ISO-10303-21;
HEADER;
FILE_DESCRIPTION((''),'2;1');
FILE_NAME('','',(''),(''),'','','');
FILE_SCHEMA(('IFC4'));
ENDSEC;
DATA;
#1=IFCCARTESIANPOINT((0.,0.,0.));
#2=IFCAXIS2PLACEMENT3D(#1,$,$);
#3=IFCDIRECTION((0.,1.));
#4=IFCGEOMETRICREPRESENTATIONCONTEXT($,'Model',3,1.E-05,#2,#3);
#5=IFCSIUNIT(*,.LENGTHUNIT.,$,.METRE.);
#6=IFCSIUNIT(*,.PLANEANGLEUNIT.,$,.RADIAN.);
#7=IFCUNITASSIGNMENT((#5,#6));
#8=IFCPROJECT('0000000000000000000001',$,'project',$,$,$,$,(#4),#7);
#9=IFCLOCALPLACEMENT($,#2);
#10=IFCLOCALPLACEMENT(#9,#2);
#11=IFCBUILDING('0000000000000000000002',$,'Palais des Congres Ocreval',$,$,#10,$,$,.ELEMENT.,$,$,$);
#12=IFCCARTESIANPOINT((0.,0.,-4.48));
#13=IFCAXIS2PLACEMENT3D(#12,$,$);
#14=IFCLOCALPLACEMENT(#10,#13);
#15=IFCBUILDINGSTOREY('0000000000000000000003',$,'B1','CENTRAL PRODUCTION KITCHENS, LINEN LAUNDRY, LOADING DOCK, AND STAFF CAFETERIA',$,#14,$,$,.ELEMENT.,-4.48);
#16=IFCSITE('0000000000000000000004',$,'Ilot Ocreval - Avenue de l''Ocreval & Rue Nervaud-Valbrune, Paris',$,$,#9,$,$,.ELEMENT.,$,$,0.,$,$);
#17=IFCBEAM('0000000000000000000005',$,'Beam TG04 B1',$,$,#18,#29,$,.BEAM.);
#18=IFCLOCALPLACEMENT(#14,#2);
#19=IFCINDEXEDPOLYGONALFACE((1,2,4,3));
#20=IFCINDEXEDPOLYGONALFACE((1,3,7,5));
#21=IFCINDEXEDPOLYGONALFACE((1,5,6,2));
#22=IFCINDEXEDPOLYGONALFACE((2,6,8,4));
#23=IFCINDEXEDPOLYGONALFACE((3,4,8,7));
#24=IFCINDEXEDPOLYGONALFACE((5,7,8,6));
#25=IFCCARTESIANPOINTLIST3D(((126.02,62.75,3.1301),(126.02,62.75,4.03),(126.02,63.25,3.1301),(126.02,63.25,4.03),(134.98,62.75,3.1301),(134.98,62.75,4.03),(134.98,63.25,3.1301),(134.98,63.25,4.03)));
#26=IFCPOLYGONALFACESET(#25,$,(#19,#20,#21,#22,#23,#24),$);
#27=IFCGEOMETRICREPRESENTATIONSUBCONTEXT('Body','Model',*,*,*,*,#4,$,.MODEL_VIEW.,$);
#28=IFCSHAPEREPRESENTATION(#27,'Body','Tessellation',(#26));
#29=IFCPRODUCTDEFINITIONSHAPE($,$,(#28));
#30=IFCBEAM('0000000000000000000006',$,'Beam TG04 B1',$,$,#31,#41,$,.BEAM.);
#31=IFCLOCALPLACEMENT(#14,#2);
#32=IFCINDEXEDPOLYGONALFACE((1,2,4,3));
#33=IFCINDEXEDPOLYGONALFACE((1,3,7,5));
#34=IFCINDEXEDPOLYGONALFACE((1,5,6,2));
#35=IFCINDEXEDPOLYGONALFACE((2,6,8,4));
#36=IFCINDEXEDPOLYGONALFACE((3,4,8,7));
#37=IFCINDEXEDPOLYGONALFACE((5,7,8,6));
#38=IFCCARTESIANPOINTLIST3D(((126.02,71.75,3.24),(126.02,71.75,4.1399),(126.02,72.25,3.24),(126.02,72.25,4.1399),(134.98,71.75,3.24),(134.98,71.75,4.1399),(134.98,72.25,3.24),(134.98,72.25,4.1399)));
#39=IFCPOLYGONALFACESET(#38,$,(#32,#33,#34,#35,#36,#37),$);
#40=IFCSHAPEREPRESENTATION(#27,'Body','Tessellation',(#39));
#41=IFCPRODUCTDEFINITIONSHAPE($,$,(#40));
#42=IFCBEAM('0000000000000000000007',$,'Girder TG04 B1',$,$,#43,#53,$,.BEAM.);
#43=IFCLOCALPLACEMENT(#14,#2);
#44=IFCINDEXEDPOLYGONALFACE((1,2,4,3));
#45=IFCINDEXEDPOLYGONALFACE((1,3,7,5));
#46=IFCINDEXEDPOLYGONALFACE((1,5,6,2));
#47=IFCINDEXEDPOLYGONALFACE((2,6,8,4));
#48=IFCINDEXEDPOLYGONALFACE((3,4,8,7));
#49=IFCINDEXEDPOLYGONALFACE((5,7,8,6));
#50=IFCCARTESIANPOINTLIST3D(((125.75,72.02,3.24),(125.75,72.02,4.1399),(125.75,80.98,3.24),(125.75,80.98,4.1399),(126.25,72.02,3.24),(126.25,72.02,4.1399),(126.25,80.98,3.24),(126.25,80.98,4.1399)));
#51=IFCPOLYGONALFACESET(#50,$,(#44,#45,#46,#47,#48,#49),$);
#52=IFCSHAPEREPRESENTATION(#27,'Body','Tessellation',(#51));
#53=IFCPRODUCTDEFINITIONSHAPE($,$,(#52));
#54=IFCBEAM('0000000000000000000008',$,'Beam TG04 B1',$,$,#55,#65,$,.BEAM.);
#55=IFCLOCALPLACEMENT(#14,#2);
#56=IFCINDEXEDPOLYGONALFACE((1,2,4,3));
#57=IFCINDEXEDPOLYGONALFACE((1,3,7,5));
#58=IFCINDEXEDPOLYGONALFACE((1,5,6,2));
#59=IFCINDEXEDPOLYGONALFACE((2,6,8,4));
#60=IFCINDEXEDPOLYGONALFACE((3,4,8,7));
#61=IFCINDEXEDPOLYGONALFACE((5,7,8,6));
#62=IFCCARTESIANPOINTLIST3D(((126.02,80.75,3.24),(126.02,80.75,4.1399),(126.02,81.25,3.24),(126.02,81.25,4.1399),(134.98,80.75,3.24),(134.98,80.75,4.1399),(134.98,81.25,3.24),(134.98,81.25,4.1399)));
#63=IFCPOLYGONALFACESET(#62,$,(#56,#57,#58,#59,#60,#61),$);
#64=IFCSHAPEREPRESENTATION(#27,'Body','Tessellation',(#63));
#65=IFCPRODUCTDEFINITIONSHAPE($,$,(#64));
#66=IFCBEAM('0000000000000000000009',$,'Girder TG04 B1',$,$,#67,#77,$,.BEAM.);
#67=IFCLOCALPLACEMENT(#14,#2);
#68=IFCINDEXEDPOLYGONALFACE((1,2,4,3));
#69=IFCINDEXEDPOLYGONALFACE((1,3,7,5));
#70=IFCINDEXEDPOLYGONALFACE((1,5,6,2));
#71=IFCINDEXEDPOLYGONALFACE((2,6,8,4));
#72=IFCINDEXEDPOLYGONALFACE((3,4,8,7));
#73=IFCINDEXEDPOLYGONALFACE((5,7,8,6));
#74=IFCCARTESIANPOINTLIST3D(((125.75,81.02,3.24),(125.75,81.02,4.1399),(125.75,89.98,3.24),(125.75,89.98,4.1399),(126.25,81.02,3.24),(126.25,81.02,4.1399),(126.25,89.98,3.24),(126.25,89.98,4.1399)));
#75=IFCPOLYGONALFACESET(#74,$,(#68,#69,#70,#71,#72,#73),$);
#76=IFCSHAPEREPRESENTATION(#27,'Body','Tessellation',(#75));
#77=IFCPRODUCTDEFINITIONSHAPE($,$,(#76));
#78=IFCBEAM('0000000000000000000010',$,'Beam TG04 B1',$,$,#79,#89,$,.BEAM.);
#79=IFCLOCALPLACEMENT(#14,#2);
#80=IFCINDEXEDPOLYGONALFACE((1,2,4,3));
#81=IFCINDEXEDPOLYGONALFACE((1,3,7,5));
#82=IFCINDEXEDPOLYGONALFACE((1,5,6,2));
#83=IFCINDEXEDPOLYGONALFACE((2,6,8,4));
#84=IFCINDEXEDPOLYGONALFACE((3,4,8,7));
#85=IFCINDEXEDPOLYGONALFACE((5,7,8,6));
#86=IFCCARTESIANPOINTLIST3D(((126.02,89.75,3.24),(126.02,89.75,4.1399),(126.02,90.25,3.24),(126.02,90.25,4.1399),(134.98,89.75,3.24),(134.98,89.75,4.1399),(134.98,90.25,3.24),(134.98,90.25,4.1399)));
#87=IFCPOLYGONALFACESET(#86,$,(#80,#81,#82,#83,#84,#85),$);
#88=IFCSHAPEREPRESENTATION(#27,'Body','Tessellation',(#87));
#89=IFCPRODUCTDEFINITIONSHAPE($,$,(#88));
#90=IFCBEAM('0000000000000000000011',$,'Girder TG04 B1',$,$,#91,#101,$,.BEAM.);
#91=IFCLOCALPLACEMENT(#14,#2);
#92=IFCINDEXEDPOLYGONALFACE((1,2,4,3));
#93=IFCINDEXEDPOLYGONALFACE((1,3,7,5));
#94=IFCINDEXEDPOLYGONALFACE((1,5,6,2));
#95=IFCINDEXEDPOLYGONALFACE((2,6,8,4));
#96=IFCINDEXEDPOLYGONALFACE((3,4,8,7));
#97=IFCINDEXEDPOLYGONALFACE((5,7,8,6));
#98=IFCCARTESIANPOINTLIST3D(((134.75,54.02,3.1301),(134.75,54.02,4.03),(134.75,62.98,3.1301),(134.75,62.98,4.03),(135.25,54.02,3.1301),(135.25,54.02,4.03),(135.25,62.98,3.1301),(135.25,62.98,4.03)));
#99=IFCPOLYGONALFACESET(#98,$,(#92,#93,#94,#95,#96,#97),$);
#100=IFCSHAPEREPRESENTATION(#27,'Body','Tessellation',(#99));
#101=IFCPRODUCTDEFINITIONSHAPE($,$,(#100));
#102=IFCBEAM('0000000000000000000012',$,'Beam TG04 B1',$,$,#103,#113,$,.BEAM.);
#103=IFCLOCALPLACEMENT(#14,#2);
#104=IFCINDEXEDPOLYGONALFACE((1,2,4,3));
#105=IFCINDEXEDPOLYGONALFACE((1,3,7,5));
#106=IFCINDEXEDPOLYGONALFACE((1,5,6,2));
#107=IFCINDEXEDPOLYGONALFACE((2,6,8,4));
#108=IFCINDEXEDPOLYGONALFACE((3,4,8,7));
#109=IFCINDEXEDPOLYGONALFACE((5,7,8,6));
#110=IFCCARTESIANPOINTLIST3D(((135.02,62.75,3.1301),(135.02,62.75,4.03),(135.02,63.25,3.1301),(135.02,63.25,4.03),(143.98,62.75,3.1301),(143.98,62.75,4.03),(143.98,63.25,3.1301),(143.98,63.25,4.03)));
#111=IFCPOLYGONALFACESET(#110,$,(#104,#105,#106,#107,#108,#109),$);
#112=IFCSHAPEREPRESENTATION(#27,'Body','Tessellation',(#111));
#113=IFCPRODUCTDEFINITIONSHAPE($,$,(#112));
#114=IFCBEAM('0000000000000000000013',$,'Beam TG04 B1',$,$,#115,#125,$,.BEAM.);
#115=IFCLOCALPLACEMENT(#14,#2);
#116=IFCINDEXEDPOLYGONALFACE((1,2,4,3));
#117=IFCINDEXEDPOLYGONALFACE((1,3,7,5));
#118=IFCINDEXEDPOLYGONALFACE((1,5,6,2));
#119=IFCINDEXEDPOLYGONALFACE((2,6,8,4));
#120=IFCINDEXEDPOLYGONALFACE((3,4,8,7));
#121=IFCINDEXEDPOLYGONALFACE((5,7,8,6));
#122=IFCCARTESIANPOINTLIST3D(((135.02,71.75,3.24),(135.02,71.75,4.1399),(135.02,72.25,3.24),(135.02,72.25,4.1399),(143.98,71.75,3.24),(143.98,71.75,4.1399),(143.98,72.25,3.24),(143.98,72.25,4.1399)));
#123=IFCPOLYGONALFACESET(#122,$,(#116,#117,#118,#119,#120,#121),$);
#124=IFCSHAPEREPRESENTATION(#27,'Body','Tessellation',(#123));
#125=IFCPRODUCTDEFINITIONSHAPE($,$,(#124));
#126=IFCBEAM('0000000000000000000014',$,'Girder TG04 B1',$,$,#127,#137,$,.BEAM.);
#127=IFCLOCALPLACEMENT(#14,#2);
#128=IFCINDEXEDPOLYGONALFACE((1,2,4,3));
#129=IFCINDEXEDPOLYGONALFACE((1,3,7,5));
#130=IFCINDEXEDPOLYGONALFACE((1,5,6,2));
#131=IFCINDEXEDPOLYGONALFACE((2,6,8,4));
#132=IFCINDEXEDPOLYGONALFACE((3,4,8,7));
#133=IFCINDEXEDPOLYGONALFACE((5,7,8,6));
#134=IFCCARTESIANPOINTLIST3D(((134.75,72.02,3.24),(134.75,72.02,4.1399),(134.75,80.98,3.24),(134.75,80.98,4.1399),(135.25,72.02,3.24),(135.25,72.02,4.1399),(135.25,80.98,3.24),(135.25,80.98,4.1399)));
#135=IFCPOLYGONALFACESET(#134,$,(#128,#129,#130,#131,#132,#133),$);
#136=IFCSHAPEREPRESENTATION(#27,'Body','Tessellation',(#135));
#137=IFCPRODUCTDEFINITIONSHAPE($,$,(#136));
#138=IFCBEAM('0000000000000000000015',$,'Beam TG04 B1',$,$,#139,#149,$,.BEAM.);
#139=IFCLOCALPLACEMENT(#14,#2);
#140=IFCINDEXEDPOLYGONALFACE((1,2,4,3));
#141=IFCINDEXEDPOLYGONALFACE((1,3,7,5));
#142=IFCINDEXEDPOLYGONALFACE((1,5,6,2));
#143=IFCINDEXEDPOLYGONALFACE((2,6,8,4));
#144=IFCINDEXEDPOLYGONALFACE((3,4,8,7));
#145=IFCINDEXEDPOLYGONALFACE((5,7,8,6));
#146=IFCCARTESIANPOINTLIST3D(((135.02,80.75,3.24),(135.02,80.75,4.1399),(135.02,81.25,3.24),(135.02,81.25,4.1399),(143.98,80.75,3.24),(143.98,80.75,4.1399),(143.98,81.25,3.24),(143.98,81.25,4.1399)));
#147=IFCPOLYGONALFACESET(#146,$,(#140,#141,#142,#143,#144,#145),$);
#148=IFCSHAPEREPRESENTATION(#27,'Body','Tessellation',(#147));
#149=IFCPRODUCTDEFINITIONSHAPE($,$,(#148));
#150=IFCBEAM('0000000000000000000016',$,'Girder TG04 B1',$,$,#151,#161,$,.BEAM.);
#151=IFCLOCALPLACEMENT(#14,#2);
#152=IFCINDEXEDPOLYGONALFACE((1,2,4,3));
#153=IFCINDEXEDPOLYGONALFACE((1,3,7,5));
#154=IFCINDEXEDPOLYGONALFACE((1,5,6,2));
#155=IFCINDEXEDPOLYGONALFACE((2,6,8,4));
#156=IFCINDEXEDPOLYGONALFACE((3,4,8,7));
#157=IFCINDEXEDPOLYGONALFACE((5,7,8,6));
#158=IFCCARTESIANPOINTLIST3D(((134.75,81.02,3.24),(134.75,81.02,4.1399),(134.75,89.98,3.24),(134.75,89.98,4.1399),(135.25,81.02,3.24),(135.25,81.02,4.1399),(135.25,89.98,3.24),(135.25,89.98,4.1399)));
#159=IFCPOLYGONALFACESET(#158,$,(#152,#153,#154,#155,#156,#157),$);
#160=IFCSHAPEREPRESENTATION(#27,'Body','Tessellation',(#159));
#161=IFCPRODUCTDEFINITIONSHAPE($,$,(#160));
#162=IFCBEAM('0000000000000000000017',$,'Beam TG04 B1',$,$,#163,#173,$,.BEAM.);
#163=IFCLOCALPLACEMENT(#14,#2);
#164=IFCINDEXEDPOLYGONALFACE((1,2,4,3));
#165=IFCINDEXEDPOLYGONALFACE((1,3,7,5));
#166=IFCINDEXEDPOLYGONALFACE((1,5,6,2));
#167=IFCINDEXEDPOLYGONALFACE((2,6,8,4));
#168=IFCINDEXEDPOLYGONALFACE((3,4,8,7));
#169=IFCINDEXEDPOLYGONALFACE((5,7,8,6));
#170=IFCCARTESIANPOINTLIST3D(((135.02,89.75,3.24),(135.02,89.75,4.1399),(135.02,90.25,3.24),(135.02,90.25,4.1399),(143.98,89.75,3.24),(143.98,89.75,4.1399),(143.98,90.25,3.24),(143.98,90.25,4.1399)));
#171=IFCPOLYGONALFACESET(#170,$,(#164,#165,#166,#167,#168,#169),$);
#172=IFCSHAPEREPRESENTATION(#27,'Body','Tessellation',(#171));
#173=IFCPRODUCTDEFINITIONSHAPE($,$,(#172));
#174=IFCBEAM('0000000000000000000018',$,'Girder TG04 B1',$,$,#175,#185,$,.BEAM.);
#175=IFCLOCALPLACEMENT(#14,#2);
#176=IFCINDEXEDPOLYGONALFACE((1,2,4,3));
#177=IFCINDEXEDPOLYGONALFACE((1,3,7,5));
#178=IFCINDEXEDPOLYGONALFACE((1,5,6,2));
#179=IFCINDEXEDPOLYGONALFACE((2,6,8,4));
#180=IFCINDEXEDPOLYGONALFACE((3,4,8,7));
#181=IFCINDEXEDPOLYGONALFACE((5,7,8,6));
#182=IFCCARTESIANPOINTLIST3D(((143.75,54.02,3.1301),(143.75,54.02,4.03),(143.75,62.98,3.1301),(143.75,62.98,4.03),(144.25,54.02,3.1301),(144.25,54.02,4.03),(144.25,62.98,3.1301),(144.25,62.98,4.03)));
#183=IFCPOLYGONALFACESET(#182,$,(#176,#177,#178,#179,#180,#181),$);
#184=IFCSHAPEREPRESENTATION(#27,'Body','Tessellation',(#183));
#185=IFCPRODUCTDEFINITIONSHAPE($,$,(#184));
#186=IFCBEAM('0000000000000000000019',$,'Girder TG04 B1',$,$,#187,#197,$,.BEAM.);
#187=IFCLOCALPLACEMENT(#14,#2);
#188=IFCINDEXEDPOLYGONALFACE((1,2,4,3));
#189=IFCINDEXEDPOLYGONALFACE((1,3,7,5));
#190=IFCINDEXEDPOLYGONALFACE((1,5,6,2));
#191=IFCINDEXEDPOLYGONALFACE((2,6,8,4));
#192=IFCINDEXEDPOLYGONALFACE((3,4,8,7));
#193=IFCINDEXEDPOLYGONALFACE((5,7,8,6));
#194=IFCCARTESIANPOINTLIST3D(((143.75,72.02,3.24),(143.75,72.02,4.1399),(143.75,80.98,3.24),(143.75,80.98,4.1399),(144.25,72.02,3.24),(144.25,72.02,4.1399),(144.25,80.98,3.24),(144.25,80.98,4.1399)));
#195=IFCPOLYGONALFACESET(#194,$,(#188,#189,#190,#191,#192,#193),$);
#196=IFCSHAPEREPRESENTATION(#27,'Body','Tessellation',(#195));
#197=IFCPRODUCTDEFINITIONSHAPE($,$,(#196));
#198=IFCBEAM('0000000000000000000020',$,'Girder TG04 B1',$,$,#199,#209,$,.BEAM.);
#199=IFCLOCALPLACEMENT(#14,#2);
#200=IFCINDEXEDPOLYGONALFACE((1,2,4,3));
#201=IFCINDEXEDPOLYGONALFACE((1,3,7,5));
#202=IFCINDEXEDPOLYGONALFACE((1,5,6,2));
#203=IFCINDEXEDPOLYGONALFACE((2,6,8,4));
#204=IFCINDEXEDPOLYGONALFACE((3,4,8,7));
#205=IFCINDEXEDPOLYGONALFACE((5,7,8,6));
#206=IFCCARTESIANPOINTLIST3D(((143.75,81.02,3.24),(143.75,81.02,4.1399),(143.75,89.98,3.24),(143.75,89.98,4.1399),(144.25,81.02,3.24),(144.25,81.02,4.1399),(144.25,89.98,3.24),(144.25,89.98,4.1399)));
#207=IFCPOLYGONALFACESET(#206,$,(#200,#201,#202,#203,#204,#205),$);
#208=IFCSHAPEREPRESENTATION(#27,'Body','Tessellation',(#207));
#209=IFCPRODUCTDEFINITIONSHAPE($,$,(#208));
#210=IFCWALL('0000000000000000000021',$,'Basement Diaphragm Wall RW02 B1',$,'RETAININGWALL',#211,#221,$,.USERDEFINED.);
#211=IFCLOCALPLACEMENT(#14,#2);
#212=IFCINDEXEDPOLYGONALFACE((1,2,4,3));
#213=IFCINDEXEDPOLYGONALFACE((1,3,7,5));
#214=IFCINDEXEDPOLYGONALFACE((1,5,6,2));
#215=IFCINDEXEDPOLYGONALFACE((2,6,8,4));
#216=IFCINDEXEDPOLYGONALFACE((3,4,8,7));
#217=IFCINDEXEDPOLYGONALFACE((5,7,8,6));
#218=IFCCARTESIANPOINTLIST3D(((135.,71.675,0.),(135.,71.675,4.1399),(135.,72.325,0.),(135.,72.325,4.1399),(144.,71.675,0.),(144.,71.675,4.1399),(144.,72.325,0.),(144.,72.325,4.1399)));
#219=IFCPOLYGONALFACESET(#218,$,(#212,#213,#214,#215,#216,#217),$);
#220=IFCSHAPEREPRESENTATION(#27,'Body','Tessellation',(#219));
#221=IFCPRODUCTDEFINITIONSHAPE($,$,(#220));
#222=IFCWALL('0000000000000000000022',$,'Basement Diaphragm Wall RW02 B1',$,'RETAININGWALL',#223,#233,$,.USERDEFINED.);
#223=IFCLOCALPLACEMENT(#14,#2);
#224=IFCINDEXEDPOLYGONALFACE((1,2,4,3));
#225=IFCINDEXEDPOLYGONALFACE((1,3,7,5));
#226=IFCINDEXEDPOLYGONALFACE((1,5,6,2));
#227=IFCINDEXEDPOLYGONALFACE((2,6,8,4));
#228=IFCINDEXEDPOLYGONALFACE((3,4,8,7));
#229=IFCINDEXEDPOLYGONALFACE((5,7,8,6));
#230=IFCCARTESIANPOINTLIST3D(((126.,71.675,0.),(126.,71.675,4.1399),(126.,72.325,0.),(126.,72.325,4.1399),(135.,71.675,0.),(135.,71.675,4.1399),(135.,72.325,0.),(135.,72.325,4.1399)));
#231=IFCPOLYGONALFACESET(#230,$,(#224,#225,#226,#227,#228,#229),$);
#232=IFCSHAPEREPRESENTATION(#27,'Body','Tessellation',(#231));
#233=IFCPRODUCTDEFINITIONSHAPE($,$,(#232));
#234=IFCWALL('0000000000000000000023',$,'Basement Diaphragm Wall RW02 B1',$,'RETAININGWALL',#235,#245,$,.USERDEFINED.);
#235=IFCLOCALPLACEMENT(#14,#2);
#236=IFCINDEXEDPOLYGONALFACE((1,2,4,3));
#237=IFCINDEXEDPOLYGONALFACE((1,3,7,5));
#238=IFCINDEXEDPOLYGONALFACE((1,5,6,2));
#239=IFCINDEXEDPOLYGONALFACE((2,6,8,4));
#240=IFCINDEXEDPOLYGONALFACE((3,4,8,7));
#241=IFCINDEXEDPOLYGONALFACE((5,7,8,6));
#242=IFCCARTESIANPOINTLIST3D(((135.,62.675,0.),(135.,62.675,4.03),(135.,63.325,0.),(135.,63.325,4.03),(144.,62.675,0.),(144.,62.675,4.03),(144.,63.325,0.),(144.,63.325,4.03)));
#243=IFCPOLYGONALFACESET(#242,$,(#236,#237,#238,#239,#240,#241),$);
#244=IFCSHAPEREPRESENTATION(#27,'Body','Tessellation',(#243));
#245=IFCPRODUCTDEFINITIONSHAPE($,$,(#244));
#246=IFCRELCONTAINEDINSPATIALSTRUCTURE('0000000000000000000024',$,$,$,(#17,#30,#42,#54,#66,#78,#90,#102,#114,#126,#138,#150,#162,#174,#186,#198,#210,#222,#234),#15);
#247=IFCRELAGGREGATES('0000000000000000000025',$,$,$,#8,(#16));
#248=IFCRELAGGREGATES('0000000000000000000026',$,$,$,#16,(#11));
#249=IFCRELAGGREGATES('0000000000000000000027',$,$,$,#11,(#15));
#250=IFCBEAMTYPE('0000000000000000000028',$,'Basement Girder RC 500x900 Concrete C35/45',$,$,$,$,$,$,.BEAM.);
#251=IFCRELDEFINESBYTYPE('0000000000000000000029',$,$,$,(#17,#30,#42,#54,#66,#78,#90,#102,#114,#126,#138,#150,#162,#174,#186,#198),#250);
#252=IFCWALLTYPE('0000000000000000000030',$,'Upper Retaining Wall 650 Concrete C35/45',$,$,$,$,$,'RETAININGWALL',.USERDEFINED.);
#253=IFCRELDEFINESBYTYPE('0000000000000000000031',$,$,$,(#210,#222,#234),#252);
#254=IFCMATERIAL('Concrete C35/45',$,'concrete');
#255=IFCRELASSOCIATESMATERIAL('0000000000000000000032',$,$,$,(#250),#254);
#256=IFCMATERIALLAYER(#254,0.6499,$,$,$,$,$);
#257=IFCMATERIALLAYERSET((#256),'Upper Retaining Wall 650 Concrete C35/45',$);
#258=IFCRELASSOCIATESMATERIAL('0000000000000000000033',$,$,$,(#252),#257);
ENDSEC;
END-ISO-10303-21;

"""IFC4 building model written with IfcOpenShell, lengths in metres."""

from ifc_helpers import new_model, si_unit, direction, frame, frame_2d, origin, origin_2d, place, context, subcontext, project, spatial, rectangle, extrude, material, layer, layer_set, material_profile, profile_set, type_object, element, save


model = new_model("IFC4")

# Units and contexts
model_context = context("Model", 3, precision=1e-05, world=origin(), true_north=direction((0.0, 1.0)))
body_context = subcontext(model_context, "Body", "Model", "MODEL_VIEW")
ifc_project = project(units=[si_unit("LENGTHUNIT", "METRE"), si_unit("PLANEANGLEUNIT", "RADIAN")], contexts=[model_context])

# Site, building, storey
site_placement = place(None, origin())
site = spatial("IfcSite", under=ifc_project, at=site_placement, Name="Ilot Ocreval - Avenue de l'Ocreval & Rue Nervaud-Valbrune, Paris", CompositionType="ELEMENT", RefElevation=0.0)
building_placement = place(site_placement, origin())
building = spatial("IfcBuilding", under=site, at=building_placement, Name="Palais des Congres Ocreval", CompositionType="ELEMENT")
storey_placement = place(building_placement, frame((0.0, 0.0, -4.48)))
storey = spatial("IfcBuildingStorey", under=building, at=storey_placement, Name="B1", Description="CENTRAL PRODUCTION KITCHENS, LINEN LAUNDRY, LOADING DOCK, AND STAFF CAFETERIA", CompositionType="ELEMENT", Elevation=-4.48)

# Beams
ifc_material_1 = material(Name="Concrete C35/45", Category="concrete")
ifc_material_profile_1 = material_profile(ifc_material_1, rectangle(XDim=0.5, YDim=0.8999, at=origin_2d()), Name="RC 500x900")
ifc_profile_set_1 = profile_set([ifc_material_profile_1], Name="Concrete C35/45")
beam_type = type_object("IfcBeamType", Name="Basement Girder RC 500x900 Concrete C35/45", PredefinedType="BEAM", material=ifc_profile_set_1)
for number, where, z_axis, x_axis, name in (
    (1, (126.02, 63.0, 3.5801), (1.0, 0.0, 0.0), (0.0, 1.0, 0.0), "Beam TG04 B1"),
    (2, (126.02, 72.0, 3.6899), (1.0, 0.0, 0.0), (0.0, 1.0, 0.0), "Beam TG04 B1"),
    (3, (126.0, 72.02, 3.6899), (0.0, 1.0, 0.0), (-1.0, 0.0, 0.0), "Girder TG04 B1"),
    (4, (126.02, 81.0, 3.6899), (1.0, 0.0, 0.0), (0.0, 1.0, 0.0), "Beam TG04 B1"),
    (5, (126.0, 81.02, 3.6899), (0.0, 1.0, 0.0), (-1.0, 0.0, 0.0), "Girder TG04 B1"),
    (6, (126.02, 90.0, 3.6899), (1.0, 0.0, 0.0), (0.0, 1.0, 0.0), "Beam TG04 B1"),
    (7, (135.0, 54.02, 3.5801), (0.0, 1.0, 0.0), (-1.0, 0.0, 0.0), "Girder TG04 B1"),
    (8, (135.02, 63.0, 3.5801), (1.0, 0.0, 0.0), (0.0, 1.0, 0.0), "Beam TG04 B1"),
    (9, (135.02, 72.0, 3.6899), (1.0, 0.0, 0.0), (0.0, 1.0, 0.0), "Beam TG04 B1"),
    (10, (135.0, 72.02, 3.6899), (0.0, 1.0, 0.0), (-1.0, 0.0, 0.0), "Girder TG04 B1"),
    (11, (135.02, 81.0, 3.6899), (1.0, 0.0, 0.0), (0.0, 1.0, 0.0), "Beam TG04 B1"),
    (12, (135.0, 81.02, 3.6899), (0.0, 1.0, 0.0), (-1.0, 0.0, 0.0), "Girder TG04 B1"),
    (13, (135.02, 90.0, 3.6899), (1.0, 0.0, 0.0), (0.0, 1.0, 0.0), "Beam TG04 B1"),
    (14, (144.0, 54.02, 3.5801), (0.0, 1.0, 0.0), (-1.0, 0.0, 0.0), "Girder TG04 B1"),
    (15, (144.0, 72.02, 3.6899), (0.0, 1.0, 0.0), (-1.0, 0.0, 0.0), "Girder TG04 B1"),
    (16, (144.0, 81.02, 3.6899), (0.0, 1.0, 0.0), (-1.0, 0.0, 0.0), "Girder TG04 B1"),
):
    element("IfcBeam", number, at=place(storey_placement, frame(where, z_axis=z_axis, x_axis=x_axis)), inside=storey, type_object=beam_type, Name=name, PredefinedType="BEAM", context=body_context, shape_type="SweptSolid", body=[
        extrude(rectangle(XDim=0.5, YDim=0.8999, at=origin_2d()), origin(), (0.0, 0.0, 1.0), 8.96),
    ])

# Walls
ifc_layer = layer(ifc_material_1, 0.6499)
ifc_layer_set = layer_set([ifc_layer], Name="Upper Retaining Wall 650 Concrete C35/45")
wall_type = type_object("IfcWallType", Name="Upper Retaining Wall 650 Concrete C35/45", ElementType="RETAININGWALL", PredefinedType="USERDEFINED", material=ifc_layer_set)
for number, where, z_axis, x_axis, name in (
    (17, (144.0, 72.0, 0.0), (0.0, 0.0, 1.0), (-1.0, 0.0, 0.0), "Basement Diaphragm Wall RW02 B1"),
    (18, (135.0, 72.0, 0.0), (0.0, 0.0, 1.0), (-1.0, 0.0, 0.0), "Basement Diaphragm Wall RW02 B1"),
):
    element("IfcWall", number, at=place(storey_placement, frame(where, z_axis=z_axis, x_axis=x_axis)), inside=storey, type_object=wall_type, Name=name, ObjectType="RETAININGWALL", PredefinedType="USERDEFINED", context=body_context, shape_type="SweptSolid", body=[
        extrude(rectangle(XDim=9.0, YDim=0.6499, at=frame_2d((4.5, 0.0))), origin(), (0.0, 0.0, 1.0), 4.1399),
    ])
for number, where, z_axis, x_axis, name in (
    (19, (135.0, 63.0, 0.0), (0.0, 0.0, 1.0), (1.0, 0.0, 0.0), "Basement Diaphragm Wall RW02 B1"),
):
    element("IfcWall", number, at=place(storey_placement, frame(where, z_axis=z_axis, x_axis=x_axis)), inside=storey, type_object=wall_type, Name=name, ObjectType="RETAININGWALL", PredefinedType="USERDEFINED", context=body_context, shape_type="SweptSolid", body=[
        extrude(rectangle(XDim=9.0, YDim=0.6499, at=frame_2d((4.5, 0.0))), origin(), (0.0, 0.0, 1.0), 4.03),
    ])

save(model, "model.ifc")
